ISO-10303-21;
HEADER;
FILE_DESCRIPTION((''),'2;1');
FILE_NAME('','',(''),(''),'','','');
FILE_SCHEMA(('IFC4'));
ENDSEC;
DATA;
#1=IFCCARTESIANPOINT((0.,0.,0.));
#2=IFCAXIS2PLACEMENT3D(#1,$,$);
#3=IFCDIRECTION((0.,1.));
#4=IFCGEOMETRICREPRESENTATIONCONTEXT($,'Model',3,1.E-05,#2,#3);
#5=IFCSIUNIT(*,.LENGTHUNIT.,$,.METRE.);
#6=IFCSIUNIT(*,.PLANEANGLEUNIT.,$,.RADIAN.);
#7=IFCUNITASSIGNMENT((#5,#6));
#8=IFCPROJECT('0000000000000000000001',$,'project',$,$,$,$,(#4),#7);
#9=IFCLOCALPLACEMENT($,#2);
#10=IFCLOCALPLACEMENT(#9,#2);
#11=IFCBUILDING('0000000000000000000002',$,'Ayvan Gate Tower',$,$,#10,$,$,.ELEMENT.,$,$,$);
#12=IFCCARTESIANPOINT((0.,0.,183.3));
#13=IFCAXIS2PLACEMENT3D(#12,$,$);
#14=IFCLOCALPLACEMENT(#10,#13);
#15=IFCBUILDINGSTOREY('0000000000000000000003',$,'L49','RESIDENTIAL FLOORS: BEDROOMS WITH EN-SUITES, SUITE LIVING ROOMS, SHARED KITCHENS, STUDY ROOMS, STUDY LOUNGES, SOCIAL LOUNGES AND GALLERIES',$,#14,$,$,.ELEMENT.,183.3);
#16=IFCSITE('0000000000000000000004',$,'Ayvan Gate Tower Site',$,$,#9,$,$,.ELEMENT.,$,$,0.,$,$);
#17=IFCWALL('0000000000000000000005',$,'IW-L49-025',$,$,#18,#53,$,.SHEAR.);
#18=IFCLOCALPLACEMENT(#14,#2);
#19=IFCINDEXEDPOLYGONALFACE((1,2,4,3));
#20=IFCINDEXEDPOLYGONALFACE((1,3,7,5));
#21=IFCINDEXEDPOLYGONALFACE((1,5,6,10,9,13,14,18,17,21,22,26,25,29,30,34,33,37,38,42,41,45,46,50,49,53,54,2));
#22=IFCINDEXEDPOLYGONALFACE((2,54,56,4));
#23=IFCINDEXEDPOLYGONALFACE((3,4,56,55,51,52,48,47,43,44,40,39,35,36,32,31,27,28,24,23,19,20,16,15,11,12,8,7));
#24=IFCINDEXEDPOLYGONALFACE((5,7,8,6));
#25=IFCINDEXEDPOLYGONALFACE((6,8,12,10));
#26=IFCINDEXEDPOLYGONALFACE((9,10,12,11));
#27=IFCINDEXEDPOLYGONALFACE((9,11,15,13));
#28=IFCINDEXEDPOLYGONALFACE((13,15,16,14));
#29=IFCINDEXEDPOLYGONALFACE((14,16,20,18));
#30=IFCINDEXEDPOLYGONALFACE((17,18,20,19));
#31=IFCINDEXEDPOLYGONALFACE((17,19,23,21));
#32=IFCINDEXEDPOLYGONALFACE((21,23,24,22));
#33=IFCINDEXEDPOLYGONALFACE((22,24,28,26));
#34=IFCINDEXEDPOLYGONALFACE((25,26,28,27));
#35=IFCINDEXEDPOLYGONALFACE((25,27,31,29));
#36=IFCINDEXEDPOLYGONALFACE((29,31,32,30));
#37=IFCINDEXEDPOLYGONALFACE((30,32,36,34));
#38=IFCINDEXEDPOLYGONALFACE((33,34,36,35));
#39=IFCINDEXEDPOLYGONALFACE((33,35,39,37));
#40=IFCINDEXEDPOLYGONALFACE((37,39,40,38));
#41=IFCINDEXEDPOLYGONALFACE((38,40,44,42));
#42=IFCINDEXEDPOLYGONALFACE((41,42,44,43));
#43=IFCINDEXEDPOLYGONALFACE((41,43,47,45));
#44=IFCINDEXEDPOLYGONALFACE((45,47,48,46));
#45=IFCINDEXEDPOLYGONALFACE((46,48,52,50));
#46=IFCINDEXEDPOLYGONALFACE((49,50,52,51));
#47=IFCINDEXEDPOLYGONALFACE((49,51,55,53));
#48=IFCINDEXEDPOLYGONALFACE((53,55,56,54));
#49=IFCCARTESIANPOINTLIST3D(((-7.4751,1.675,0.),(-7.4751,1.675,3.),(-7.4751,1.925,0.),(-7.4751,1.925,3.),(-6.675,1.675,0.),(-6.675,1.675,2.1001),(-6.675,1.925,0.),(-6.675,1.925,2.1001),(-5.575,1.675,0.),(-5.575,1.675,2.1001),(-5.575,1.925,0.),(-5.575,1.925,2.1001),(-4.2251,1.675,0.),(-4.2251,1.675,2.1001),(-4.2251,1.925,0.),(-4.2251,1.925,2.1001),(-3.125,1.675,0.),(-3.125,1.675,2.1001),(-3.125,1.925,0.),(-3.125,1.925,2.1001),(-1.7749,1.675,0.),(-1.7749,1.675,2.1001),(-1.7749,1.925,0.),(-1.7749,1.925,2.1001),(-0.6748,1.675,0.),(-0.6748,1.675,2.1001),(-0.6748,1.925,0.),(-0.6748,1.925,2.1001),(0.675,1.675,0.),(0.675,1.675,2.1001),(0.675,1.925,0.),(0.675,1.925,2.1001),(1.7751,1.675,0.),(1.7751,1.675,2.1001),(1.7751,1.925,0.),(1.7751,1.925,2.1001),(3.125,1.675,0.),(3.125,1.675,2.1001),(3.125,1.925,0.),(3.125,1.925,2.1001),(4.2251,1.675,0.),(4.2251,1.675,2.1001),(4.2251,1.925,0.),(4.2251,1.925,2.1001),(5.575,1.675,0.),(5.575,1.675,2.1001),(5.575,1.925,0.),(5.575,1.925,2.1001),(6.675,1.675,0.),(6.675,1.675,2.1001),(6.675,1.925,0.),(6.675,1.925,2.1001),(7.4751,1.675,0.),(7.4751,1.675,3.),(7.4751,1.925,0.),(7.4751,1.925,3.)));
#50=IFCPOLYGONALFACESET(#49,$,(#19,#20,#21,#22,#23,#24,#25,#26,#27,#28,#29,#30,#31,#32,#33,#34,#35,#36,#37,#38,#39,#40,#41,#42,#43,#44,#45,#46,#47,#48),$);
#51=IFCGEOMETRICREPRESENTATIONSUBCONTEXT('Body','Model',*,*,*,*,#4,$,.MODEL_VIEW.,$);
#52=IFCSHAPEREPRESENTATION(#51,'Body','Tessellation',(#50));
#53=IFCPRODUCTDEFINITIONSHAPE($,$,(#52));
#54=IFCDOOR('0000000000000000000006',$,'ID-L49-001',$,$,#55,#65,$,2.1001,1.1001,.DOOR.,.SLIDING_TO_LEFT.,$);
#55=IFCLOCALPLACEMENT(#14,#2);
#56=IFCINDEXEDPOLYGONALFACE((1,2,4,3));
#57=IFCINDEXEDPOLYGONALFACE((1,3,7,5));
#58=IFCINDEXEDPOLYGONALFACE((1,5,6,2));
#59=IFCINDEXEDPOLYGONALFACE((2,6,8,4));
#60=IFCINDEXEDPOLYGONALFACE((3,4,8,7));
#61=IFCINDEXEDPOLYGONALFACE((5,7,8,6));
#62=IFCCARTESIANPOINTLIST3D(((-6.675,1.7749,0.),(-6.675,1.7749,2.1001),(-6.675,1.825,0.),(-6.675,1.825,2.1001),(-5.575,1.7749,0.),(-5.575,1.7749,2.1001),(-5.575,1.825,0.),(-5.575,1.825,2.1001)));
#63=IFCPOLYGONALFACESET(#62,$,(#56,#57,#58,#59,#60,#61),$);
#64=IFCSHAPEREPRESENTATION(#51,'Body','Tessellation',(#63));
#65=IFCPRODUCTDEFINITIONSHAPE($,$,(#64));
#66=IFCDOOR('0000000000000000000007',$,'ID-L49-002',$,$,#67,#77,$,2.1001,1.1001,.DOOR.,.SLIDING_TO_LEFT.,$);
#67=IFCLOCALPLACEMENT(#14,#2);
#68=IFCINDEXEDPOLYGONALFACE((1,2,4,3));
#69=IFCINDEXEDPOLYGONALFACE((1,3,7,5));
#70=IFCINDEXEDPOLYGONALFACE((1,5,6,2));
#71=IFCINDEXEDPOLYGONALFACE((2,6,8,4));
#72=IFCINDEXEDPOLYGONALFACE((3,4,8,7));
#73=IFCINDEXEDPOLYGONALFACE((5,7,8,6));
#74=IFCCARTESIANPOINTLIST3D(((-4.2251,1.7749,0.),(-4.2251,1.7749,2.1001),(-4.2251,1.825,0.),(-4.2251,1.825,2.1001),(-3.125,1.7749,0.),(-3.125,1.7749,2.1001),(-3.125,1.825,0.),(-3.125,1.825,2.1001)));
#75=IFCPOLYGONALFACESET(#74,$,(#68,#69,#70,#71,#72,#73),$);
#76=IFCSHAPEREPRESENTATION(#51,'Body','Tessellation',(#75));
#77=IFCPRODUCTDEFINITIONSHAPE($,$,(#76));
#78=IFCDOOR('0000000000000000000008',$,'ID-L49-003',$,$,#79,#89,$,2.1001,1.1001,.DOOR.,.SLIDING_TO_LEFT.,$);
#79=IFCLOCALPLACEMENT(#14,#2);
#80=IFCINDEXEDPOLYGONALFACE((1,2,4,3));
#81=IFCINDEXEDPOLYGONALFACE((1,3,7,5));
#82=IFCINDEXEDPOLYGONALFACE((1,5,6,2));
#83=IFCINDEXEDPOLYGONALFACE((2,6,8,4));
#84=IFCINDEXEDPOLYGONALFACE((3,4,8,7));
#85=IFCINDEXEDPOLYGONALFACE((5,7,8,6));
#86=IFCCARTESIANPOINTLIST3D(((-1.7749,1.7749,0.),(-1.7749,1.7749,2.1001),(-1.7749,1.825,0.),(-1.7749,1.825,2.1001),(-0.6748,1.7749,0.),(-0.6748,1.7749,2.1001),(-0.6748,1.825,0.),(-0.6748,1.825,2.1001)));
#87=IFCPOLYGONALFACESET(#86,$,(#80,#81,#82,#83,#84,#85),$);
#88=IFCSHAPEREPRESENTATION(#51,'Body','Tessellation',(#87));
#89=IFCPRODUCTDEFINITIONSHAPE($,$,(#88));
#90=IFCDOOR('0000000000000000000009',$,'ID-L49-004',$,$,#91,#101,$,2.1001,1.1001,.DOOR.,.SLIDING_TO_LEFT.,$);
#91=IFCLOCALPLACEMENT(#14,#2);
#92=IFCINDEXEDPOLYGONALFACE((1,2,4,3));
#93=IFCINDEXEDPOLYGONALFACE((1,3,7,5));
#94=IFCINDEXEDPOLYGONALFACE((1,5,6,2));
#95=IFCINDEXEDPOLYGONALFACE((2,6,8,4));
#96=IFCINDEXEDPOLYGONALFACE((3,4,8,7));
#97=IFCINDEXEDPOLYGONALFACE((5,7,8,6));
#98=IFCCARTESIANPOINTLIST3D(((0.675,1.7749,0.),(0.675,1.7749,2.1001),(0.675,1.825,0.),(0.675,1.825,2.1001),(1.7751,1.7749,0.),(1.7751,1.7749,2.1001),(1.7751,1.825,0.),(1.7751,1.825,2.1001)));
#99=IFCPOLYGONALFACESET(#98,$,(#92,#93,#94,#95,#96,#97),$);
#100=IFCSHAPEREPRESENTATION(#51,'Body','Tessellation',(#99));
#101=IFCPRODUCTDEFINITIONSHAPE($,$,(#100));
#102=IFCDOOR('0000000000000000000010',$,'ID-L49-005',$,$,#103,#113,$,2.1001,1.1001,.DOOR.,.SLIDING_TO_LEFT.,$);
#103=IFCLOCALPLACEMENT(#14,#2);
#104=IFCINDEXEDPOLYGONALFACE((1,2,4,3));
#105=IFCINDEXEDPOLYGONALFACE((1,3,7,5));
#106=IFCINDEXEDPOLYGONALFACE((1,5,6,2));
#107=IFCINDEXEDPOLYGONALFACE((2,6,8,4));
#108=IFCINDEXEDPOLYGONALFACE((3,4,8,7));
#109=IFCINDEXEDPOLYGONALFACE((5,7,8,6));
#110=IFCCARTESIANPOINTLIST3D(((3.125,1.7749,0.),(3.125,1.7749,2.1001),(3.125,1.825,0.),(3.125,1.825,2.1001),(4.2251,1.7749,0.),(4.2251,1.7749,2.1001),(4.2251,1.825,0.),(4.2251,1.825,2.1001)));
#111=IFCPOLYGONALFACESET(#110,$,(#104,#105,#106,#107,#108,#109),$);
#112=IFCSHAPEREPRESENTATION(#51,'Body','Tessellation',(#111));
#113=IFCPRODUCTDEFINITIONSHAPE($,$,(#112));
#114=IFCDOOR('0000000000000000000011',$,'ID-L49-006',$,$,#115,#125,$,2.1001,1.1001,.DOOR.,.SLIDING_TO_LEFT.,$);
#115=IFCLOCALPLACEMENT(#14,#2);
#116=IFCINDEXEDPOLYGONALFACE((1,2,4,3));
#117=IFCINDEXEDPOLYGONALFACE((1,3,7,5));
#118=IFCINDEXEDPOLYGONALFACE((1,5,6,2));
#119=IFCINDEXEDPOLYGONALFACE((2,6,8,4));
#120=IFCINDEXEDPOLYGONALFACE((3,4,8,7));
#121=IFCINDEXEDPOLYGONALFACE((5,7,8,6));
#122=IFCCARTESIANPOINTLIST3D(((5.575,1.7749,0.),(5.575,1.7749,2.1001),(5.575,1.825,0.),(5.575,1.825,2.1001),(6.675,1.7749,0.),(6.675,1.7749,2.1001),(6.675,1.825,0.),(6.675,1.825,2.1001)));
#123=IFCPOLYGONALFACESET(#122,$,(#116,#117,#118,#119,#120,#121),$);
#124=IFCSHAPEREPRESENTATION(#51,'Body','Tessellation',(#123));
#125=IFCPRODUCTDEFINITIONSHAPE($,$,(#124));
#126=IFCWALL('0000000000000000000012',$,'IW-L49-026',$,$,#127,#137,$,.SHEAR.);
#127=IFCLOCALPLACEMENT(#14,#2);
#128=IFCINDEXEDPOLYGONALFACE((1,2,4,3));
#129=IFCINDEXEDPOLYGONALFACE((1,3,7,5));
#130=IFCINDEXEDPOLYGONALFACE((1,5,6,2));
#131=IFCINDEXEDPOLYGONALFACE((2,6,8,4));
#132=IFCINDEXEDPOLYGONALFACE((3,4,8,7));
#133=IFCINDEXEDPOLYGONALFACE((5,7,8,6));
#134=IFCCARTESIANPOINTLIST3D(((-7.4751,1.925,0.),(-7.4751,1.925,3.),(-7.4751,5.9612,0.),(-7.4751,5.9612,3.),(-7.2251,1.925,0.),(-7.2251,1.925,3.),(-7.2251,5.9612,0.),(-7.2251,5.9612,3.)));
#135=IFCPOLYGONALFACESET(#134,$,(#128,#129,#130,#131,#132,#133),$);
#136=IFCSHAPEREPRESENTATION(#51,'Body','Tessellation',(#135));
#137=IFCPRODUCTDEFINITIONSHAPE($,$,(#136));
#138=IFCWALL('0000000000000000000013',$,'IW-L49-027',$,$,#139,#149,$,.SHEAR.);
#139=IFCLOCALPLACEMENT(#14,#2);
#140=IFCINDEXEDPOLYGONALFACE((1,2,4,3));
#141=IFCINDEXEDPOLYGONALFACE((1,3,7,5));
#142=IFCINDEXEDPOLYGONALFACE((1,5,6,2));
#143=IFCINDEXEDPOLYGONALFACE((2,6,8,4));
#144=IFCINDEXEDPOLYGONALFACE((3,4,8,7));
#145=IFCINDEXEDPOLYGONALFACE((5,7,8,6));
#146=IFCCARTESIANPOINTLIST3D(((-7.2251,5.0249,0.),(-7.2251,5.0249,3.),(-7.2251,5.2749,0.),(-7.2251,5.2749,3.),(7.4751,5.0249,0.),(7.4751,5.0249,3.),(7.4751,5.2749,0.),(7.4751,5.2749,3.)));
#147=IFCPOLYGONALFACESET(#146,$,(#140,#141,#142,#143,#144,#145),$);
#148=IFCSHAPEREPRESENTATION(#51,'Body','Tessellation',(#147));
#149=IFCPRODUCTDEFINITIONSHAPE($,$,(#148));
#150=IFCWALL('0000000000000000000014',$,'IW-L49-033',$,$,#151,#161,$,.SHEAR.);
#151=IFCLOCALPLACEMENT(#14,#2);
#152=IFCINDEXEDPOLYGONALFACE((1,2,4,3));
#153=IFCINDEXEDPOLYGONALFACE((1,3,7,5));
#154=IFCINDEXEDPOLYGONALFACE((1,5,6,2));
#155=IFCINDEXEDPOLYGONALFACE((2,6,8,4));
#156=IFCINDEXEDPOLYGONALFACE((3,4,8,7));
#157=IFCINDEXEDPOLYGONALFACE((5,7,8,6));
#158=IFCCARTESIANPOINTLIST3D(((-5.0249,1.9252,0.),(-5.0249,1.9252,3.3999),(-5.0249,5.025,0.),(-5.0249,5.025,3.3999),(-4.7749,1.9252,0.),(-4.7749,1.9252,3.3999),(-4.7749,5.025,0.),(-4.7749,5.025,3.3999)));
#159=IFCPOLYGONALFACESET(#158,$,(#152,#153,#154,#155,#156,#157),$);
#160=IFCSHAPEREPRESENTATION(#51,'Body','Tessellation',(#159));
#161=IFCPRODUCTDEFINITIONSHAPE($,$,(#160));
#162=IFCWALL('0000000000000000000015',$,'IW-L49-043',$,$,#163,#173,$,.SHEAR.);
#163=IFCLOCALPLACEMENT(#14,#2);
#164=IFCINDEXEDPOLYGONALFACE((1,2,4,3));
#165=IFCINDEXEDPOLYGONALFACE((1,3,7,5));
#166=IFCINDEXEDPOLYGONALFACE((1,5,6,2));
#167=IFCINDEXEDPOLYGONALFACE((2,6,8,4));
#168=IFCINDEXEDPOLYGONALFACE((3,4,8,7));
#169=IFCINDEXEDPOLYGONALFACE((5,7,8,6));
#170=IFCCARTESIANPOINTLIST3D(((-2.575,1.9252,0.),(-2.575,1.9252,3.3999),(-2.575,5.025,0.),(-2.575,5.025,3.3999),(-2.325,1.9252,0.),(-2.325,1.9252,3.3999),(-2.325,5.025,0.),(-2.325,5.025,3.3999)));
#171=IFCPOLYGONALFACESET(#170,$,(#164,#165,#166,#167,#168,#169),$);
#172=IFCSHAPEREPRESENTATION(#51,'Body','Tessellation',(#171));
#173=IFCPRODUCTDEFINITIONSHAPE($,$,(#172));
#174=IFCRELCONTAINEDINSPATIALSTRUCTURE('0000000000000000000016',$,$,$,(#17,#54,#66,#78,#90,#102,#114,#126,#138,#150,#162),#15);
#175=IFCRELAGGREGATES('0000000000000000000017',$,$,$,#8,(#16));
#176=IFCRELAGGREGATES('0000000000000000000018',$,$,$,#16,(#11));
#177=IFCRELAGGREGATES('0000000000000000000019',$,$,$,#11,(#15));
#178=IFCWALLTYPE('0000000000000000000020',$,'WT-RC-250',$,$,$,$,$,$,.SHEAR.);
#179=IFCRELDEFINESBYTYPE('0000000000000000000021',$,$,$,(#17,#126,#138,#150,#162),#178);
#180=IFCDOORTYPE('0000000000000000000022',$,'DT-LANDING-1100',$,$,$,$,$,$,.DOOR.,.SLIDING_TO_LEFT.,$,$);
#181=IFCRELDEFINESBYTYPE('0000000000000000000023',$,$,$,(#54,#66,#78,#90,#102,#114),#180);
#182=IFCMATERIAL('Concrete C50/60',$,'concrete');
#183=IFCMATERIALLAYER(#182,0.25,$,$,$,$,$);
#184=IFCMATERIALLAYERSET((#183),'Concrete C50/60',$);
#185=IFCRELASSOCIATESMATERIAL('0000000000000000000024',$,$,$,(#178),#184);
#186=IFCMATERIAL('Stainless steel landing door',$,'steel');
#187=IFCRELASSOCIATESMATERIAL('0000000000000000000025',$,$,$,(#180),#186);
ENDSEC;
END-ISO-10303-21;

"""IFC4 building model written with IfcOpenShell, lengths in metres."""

from ifc_helpers import new_model, si_unit, direction, frame, frame_2d, origin, place, context, subcontext, project, spatial, rectangle, extrude, material, layer, layer_set, type_object, element, fill, save


model = new_model("IFC4")

# Units and contexts
model_context = context("Model", 3, precision=1e-05, world=origin(), true_north=direction((0.0, 1.0)))
body_context = subcontext(model_context, "Body", "Model", "MODEL_VIEW")
ifc_project = project(units=[si_unit("LENGTHUNIT", "METRE"), si_unit("PLANEANGLEUNIT", "RADIAN")], contexts=[model_context])

# Site, building, storey
site_placement = place(None, origin())
site = spatial("IfcSite", under=ifc_project, at=site_placement, Name="Ayvan Gate Tower Site", CompositionType="ELEMENT", RefElevation=0.0)
building_placement = place(site_placement, origin())
building = spatial("IfcBuilding", under=site, at=building_placement, Name="Ayvan Gate Tower", CompositionType="ELEMENT")
storey_placement = place(building_placement, frame((0.0, 0.0, 183.3)))
storey = spatial("IfcBuildingStorey", under=building, at=storey_placement, Name="L49", Description="RESIDENTIAL FLOORS: BEDROOMS WITH EN-SUITES, SUITE LIVING ROOMS, SHARED KITCHENS, STUDY ROOMS, STUDY LOUNGES, SOCIAL LOUNGES AND GALLERIES", CompositionType="ELEMENT", Elevation=183.3)

# Wall, openings, doors
ifc_material_1 = material(Name="Concrete C50/60", Category="concrete")
ifc_layer_1 = layer(ifc_material_1, 0.25)
ifc_layer_set_1 = layer_set([ifc_layer_1], Name="Concrete C50/60")
wall_type_1 = type_object("IfcWallType", Name="WT-RC-250", PredefinedType="SHEAR", material=ifc_layer_set_1)
wall_1_placement = place(storey_placement, frame((-7.4751, 1.8, 0.0), z_axis=(0.0, 0.0, 1.0), x_axis=(1.0, 0.0, 0.0)))
wall_1 = element("IfcWall", 1, at=wall_1_placement, inside=storey, type_object=wall_type_1, Name="IW-L49-025", PredefinedType="SHEAR", context=body_context, shape_type="SweptSolid", body=[
    extrude(rectangle(XDim=14.9502, YDim=0.25, at=frame_2d((7.4751, 0.0))), origin(), (0.0, 0.0, 1.0), 3.0),
])
opening_1_placement = place(wall_1_placement, frame((0.8, 0.0, 0.0)))
opening_1 = element("IfcOpeningElement", 2, at=opening_1_placement, cuts=wall_1, PredefinedType="OPENING", context=body_context, shape_type="SweptSolid", body=[
    extrude(rectangle(XDim=1.1001, YDim=2.1001, at=frame_2d((0.55, 1.05))), frame((0.0, 0.135, 0.0), z_axis=(0.0, -1.0, 0.0), x_axis=(1.0, 0.0, 0.0)), (0.0, 0.0, 1.0), 0.27),
])
opening_2_placement = place(wall_1_placement, frame((3.25, 0.0, 0.0)))
opening_2 = element("IfcOpeningElement", 3, at=opening_2_placement, cuts=wall_1, PredefinedType="OPENING", context=body_context, shape_type="SweptSolid", body=[
    extrude(rectangle(XDim=1.1001, YDim=2.1001, at=frame_2d((0.55, 1.05))), frame((0.0, 0.135, 0.0), z_axis=(0.0, -1.0, 0.0), x_axis=(1.0, 0.0, 0.0)), (0.0, 0.0, 1.0), 0.27),
])
opening_3_placement = place(wall_1_placement, frame((5.7002, 0.0, 0.0)))
opening_3 = element("IfcOpeningElement", 4, at=opening_3_placement, cuts=wall_1, PredefinedType="OPENING", context=body_context, shape_type="SweptSolid", body=[
    extrude(rectangle(XDim=1.1001, YDim=2.1001, at=frame_2d((0.55, 1.05))), frame((0.0, 0.135, 0.0), z_axis=(0.0, -1.0, 0.0), x_axis=(1.0, 0.0, 0.0)), (0.0, 0.0, 1.0), 0.27),
])
opening_4_placement = place(wall_1_placement, frame((8.1501, 0.0, 0.0)))
opening_4 = element("IfcOpeningElement", 5, at=opening_4_placement, cuts=wall_1, PredefinedType="OPENING", context=body_context, shape_type="SweptSolid", body=[
    extrude(rectangle(XDim=1.1001, YDim=2.1001, at=frame_2d((0.55, 1.05))), frame((0.0, 0.135, 0.0), z_axis=(0.0, -1.0, 0.0), x_axis=(1.0, 0.0, 0.0)), (0.0, 0.0, 1.0), 0.27),
])
opening_5_placement = place(wall_1_placement, frame((10.6001, 0.0, 0.0)))
opening_5 = element("IfcOpeningElement", 6, at=opening_5_placement, cuts=wall_1, PredefinedType="OPENING", context=body_context, shape_type="SweptSolid", body=[
    extrude(rectangle(XDim=1.1001, YDim=2.1001, at=frame_2d((0.55, 1.05))), frame((0.0, 0.135, 0.0), z_axis=(0.0, -1.0, 0.0), x_axis=(1.0, 0.0, 0.0)), (0.0, 0.0, 1.0), 0.27),
])
opening_6_placement = place(wall_1_placement, frame((13.05, 0.0, 0.0)))
opening_6 = element("IfcOpeningElement", 7, at=opening_6_placement, cuts=wall_1, PredefinedType="OPENING", context=body_context, shape_type="SweptSolid", body=[
    extrude(rectangle(XDim=1.1001, YDim=2.1001, at=frame_2d((0.55, 1.05))), frame((0.0, 0.135, 0.0), z_axis=(0.0, -1.0, 0.0), x_axis=(1.0, 0.0, 0.0)), (0.0, 0.0, 1.0), 0.27),
])
ifc_material_2 = material(Name="Stainless steel landing door", Category="steel")
door_type_1 = type_object("IfcDoorType", Name="DT-LANDING-1100", OperationType="SLIDING_TO_LEFT", PredefinedType="DOOR", material=ifc_material_2)
door_1_placement = place(opening_1_placement, origin())
door_1 = element("IfcDoor", 8, at=door_1_placement, inside=storey, type_object=door_type_1, Name="ID-L49-001", OperationType="SLIDING_TO_LEFT", OverallHeight=2.1001, OverallWidth=1.1001, PredefinedType="DOOR", context=body_context, shape_type="SweptSolid", body=[
    extrude(rectangle(XDim=1.1001, YDim=2.1001, at=frame_2d((0.55, 1.05))), frame((0.0, 0.0249, 0.0), z_axis=(0.0, -1.0, 0.0), x_axis=(1.0, 0.0, 0.0)), (0.0, 0.0, 1.0), 0.05),
])
fill(opening_1, door_1)
door_2_placement = place(opening_2_placement, origin())
door_2 = element("IfcDoor", 9, at=door_2_placement, inside=storey, type_object=door_type_1, Name="ID-L49-002", OperationType="SLIDING_TO_LEFT", OverallHeight=2.1001, OverallWidth=1.1001, PredefinedType="DOOR", context=body_context, shape_type="SweptSolid", body=[
    extrude(rectangle(XDim=1.1001, YDim=2.1001, at=frame_2d((0.55, 1.05))), frame((0.0, 0.0249, 0.0), z_axis=(0.0, -1.0, 0.0), x_axis=(1.0, 0.0, 0.0)), (0.0, 0.0, 1.0), 0.05),
])
fill(opening_2, door_2)
door_3_placement = place(opening_3_placement, origin())
door_3 = element("IfcDoor", 10, at=door_3_placement, inside=storey, type_object=door_type_1, Name="ID-L49-003", OperationType="SLIDING_TO_LEFT", OverallHeight=2.1001, OverallWidth=1.1001, PredefinedType="DOOR", context=body_context, shape_type="SweptSolid", body=[
    extrude(rectangle(XDim=1.1001, YDim=2.1001, at=frame_2d((0.55, 1.05))), frame((0.0, 0.0249, 0.0), z_axis=(0.0, -1.0, 0.0), x_axis=(1.0, 0.0, 0.0)), (0.0, 0.0, 1.0), 0.05),
])
fill(opening_3, door_3)
door_4_placement = place(opening_4_placement, origin())
door_4 = element("IfcDoor", 11, at=door_4_placement, inside=storey, type_object=door_type_1, Name="ID-L49-004", OperationType="SLIDING_TO_LEFT", OverallHeight=2.1001, OverallWidth=1.1001, PredefinedType="DOOR", context=body_context, shape_type="SweptSolid", body=[
    extrude(rectangle(XDim=1.1001, YDim=2.1001, at=frame_2d((0.55, 1.05))), frame((0.0, 0.0249, 0.0), z_axis=(0.0, -1.0, 0.0), x_axis=(1.0, 0.0, 0.0)), (0.0, 0.0, 1.0), 0.05),
])
fill(opening_4, door_4)
door_5_placement = place(opening_5_placement, origin())
door_5 = element("IfcDoor", 12, at=door_5_placement, inside=storey, type_object=door_type_1, Name="ID-L49-005", OperationType="SLIDING_TO_LEFT", OverallHeight=2.1001, OverallWidth=1.1001, PredefinedType="DOOR", context=body_context, shape_type="SweptSolid", body=[
    extrude(rectangle(XDim=1.1001, YDim=2.1001, at=frame_2d((0.55, 1.05))), frame((0.0, 0.0249, 0.0), z_axis=(0.0, -1.0, 0.0), x_axis=(1.0, 0.0, 0.0)), (0.0, 0.0, 1.0), 0.05),
])
fill(opening_5, door_5)
door_6_placement = place(opening_6_placement, origin())
door_6 = element("IfcDoor", 13, at=door_6_placement, inside=storey, type_object=door_type_1, Name="ID-L49-006", OperationType="SLIDING_TO_LEFT", OverallHeight=2.1001, OverallWidth=1.1001, PredefinedType="DOOR", context=body_context, shape_type="SweptSolid", body=[
    extrude(rectangle(XDim=1.1001, YDim=2.1001, at=frame_2d((0.55, 1.05))), frame((0.0, 0.0249, 0.0), z_axis=(0.0, -1.0, 0.0), x_axis=(1.0, 0.0, 0.0)), (0.0, 0.0, 1.0), 0.05),
])
fill(opening_6, door_6)

# Walls
wall_2_placement = place(storey_placement, frame((-7.3501, 1.925, 0.0), z_axis=(0.0, 0.0, 1.0), x_axis=(0.0, 1.0, 0.0)))
element("IfcWall", 14, at=wall_2_placement, inside=storey, type_object=wall_type_1, Name="IW-L49-026", PredefinedType="SHEAR", context=body_context, shape_type="SweptSolid", body=[
    extrude(rectangle(XDim=4.0361, YDim=0.25, at=frame_2d((2.0181, 0.0))), origin(), (0.0, 0.0, 1.0), 3.0),
])
wall_3_placement = place(storey_placement, frame((-7.2251, 5.1499, 0.0), z_axis=(0.0, 0.0, 1.0), x_axis=(1.0, 0.0, 0.0)))
element("IfcWall", 15, at=wall_3_placement, inside=storey, type_object=wall_type_1, Name="IW-L49-027", PredefinedType="SHEAR", context=body_context, shape_type="SweptSolid", body=[
    extrude(rectangle(XDim=14.7002, YDim=0.25, at=frame_2d((7.3501, 0.0))), origin(), (0.0, 0.0, 1.0), 3.0),
])
for number, where, z_axis, x_axis, name in (
    (16, (-4.8999, 5.0249, 0.0), (0.0, 0.0, 1.0), (0.0, -1.0, 0.0), "IW-L49-033"),
    (17, (-2.45, 5.0249, 0.0), (0.0, 0.0, 1.0), (0.0, -1.0, 0.0), "IW-L49-043"),
):
    element("IfcWall", number, at=place(storey_placement, frame(where, z_axis=z_axis, x_axis=x_axis)), inside=storey, type_object=wall_type_1, Name=name, PredefinedType="SHEAR", context=body_context, shape_type="SweptSolid", body=[
        extrude(rectangle(XDim=3.0999, YDim=0.25, at=frame_2d((1.5498, 0.0))), origin(), (0.0, 0.0, 1.0), 3.3999),
    ])

save(model, "model.ifc")
